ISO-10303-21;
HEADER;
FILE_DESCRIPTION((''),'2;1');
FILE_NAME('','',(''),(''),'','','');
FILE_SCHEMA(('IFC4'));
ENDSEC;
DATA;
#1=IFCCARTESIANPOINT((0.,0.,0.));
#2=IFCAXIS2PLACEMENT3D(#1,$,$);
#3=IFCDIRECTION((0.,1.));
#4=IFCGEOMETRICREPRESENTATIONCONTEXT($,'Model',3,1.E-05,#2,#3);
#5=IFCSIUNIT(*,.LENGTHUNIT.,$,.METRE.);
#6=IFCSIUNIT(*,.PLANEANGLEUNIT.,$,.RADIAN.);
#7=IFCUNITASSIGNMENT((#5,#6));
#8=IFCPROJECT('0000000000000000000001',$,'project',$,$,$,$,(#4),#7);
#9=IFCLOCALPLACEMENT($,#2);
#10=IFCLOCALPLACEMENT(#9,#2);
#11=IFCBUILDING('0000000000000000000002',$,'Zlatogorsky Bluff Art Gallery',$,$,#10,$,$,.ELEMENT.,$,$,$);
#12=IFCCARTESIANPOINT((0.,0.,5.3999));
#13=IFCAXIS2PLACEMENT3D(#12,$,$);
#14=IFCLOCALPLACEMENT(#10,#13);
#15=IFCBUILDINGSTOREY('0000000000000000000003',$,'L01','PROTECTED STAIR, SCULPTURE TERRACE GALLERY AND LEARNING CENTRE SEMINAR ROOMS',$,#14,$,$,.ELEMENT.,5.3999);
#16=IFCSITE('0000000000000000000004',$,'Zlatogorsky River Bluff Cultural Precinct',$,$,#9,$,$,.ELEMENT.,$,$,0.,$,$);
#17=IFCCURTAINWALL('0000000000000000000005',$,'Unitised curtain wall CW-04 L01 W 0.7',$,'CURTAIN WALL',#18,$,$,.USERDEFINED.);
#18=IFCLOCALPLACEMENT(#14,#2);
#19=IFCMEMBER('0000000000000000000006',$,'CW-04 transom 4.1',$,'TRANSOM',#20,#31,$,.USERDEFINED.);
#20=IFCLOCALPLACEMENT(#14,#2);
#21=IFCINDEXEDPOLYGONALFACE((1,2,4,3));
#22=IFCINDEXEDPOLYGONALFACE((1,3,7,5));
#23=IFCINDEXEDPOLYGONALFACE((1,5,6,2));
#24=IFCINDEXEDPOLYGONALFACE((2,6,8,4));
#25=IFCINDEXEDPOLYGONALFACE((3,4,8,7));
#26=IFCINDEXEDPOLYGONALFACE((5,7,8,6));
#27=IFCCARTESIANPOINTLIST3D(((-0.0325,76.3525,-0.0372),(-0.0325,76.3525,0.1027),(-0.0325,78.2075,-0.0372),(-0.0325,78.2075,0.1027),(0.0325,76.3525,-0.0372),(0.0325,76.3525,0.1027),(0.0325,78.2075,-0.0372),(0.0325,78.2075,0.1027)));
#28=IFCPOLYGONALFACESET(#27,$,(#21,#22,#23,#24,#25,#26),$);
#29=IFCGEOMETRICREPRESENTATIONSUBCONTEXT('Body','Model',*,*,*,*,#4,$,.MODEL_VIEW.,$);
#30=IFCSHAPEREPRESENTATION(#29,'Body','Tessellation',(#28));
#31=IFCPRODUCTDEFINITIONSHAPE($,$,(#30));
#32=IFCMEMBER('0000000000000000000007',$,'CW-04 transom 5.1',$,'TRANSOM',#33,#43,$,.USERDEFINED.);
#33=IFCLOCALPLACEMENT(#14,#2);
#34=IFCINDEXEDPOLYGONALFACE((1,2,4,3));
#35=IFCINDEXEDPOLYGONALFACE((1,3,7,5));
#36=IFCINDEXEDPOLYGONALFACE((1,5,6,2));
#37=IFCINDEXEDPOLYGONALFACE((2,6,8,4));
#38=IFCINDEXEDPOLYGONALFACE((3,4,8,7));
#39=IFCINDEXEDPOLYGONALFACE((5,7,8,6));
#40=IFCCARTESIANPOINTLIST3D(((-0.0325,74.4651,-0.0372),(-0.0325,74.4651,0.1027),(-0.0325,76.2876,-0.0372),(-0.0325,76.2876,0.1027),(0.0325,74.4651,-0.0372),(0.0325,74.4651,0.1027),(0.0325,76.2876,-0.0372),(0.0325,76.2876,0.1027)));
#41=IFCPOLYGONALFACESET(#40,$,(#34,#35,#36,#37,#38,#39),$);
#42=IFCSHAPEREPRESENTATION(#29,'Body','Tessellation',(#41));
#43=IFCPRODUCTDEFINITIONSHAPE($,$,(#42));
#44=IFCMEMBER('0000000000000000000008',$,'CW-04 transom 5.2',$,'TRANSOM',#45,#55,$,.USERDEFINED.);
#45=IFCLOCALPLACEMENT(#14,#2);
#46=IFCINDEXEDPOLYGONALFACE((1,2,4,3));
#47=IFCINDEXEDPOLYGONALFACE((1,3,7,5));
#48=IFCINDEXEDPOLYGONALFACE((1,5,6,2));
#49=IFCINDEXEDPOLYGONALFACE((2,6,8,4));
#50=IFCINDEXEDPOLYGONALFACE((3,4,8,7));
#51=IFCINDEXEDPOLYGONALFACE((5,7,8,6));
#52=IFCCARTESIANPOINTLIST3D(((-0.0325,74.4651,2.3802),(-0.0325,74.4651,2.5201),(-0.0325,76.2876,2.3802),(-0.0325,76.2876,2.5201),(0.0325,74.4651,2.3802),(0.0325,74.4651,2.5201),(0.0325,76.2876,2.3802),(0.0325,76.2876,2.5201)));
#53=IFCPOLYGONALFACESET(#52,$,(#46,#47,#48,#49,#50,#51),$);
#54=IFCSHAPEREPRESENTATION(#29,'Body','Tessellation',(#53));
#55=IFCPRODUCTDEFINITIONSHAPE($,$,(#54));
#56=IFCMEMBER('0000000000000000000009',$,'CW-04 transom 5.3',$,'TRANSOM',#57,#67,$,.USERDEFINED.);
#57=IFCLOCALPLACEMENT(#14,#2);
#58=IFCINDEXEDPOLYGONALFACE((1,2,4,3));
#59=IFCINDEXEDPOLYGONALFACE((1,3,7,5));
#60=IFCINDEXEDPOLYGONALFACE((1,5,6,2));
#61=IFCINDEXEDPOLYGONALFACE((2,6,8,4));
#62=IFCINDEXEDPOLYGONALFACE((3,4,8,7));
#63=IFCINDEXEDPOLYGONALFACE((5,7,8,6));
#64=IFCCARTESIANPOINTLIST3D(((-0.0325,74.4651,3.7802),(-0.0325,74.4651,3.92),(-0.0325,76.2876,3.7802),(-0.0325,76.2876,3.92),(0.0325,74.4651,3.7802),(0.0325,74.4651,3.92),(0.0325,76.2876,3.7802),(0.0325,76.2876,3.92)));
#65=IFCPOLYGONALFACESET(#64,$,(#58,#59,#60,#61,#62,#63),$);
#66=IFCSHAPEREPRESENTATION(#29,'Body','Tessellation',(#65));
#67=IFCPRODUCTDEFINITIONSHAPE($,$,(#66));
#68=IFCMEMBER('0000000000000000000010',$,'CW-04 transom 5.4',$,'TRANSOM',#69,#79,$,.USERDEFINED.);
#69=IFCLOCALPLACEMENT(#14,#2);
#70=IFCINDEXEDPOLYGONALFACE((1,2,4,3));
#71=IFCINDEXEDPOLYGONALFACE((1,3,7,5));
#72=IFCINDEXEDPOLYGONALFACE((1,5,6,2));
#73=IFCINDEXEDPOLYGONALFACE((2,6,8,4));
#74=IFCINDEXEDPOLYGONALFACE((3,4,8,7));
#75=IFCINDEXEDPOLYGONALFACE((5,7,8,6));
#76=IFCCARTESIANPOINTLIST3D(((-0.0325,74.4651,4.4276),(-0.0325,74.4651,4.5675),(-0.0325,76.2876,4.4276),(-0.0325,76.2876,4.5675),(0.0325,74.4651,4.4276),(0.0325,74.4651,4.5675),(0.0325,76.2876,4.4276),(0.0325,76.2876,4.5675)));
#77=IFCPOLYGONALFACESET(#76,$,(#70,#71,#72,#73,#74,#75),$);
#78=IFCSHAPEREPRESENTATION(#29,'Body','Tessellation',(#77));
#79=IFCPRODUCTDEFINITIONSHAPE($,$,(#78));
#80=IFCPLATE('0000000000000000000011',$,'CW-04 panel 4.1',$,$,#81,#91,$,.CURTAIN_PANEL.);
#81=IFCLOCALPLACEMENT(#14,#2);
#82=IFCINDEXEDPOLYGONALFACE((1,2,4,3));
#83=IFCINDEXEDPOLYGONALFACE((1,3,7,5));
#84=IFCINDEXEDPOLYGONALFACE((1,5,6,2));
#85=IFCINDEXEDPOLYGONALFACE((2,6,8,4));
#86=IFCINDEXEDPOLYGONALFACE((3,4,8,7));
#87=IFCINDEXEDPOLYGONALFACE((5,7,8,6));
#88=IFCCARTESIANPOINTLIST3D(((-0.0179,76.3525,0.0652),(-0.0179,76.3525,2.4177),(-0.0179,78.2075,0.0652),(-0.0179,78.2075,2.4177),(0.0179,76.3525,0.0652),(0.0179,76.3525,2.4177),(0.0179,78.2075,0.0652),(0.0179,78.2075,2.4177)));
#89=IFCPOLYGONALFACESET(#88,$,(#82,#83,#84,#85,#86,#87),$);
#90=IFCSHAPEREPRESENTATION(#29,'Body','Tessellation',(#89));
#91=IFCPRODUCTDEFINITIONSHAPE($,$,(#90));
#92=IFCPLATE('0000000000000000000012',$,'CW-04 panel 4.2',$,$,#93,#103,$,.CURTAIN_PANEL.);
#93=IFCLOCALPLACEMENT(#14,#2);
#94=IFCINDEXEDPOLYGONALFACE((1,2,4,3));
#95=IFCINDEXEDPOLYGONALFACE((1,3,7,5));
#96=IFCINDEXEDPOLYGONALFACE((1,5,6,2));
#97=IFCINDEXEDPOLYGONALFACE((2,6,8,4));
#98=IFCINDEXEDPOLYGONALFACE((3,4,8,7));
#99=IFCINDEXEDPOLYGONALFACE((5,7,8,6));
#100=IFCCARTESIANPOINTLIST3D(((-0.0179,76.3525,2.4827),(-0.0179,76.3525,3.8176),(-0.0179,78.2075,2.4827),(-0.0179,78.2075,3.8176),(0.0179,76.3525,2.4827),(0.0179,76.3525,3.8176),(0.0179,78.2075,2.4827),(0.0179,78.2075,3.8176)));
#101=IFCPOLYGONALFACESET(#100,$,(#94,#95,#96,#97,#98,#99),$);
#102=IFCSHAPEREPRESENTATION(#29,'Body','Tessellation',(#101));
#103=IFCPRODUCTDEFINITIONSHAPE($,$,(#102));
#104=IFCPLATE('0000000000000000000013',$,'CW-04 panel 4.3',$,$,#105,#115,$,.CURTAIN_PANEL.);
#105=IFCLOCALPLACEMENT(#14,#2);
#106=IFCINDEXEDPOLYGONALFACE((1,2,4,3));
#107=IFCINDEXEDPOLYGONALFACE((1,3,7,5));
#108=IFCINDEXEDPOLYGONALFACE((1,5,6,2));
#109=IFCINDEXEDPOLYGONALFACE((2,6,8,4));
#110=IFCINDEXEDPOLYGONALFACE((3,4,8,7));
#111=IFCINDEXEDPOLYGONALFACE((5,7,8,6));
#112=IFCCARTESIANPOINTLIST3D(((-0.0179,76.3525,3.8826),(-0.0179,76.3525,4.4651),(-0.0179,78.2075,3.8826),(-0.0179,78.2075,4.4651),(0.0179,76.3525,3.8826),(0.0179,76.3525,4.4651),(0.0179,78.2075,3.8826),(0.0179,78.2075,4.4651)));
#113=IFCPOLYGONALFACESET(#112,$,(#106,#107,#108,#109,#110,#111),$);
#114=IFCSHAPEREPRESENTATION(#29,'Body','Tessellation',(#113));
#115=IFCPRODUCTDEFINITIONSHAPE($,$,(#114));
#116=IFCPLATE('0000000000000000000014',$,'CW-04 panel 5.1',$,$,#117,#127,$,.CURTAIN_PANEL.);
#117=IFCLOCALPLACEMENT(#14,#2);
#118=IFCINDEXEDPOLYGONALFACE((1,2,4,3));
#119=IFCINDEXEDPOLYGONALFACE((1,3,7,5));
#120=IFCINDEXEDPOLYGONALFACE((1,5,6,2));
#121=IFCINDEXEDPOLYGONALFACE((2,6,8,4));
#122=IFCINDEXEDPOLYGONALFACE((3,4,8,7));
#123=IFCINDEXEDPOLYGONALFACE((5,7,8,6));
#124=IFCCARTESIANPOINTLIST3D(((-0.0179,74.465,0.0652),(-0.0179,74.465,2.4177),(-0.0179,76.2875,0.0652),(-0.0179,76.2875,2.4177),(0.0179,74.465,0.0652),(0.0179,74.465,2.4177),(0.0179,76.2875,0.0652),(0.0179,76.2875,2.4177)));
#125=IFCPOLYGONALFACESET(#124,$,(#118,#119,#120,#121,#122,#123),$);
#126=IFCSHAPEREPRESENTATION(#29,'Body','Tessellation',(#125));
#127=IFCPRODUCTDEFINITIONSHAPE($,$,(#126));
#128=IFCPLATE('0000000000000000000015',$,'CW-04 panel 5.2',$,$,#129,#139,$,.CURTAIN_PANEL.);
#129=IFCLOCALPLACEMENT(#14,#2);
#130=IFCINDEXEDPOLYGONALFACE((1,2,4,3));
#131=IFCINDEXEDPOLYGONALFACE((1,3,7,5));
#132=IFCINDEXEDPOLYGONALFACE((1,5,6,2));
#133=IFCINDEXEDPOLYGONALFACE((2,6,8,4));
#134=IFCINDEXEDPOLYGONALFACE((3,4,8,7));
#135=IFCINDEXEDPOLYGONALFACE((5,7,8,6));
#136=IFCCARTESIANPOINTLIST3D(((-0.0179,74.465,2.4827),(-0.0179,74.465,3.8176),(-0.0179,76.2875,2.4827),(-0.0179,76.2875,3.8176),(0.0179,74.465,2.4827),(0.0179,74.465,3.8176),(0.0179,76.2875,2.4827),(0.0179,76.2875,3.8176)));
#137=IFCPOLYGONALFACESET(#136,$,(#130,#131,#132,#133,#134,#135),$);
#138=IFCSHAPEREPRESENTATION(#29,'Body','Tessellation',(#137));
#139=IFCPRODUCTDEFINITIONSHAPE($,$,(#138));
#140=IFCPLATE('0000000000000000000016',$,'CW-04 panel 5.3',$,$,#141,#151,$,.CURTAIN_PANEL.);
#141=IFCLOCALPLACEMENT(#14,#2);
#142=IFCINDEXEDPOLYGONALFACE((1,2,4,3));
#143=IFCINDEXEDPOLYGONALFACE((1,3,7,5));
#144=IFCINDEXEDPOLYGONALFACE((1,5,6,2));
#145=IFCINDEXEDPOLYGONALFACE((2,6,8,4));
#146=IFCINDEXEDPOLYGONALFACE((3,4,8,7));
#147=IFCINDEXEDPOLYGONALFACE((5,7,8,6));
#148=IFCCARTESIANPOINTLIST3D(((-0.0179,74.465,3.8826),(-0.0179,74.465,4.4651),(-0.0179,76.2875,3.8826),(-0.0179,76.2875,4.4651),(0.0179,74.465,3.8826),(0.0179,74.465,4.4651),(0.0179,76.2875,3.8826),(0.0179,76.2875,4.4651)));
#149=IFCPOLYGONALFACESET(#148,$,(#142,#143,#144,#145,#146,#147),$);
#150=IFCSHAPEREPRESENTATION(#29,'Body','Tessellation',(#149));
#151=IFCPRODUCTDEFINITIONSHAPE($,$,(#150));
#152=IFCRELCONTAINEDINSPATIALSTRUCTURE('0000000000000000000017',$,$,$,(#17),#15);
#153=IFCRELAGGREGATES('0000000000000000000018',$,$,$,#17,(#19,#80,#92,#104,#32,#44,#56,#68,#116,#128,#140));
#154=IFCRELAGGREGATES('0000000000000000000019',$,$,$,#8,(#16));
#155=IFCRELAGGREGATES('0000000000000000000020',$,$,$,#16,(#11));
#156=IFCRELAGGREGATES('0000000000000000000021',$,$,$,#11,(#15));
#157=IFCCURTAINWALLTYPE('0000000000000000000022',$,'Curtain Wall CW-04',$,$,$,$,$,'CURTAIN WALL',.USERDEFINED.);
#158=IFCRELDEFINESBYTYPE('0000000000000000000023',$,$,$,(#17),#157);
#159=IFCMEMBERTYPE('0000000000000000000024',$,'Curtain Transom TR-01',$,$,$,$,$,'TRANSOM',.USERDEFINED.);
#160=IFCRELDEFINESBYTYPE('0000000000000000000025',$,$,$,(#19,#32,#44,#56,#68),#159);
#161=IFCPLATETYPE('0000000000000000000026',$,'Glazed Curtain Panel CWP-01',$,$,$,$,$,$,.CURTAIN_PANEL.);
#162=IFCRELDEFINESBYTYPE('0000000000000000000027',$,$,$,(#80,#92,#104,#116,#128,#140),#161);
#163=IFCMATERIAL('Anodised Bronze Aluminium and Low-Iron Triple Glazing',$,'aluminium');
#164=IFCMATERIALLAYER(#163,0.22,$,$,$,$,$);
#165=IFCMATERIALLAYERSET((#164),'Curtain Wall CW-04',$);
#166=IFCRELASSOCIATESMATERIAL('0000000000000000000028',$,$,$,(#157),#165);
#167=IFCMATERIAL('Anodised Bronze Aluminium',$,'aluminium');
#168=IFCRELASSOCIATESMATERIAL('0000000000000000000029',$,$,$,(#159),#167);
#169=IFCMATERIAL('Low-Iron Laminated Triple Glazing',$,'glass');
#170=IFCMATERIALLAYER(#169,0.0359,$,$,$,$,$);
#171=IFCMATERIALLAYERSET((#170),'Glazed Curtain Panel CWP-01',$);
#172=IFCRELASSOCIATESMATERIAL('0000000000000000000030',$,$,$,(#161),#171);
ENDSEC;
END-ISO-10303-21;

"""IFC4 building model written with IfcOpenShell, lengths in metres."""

from ifc_helpers import new_model, si_unit, direction, frame, origin, origin_2d, place, context, subcontext, project, spatial, rectangle, extrude, material, layer, layer_set, material_profile, profile_set, type_object, element, aggregate, save


model = new_model("IFC4")

# Units and contexts
model_context = context("Model", 3, precision=1e-05, world=origin(), true_north=direction((0.0, 1.0)))
body_context = subcontext(model_context, "Body", "Model", "MODEL_VIEW")
ifc_project = project(units=[si_unit("LENGTHUNIT", "METRE"), si_unit("PLANEANGLEUNIT", "RADIAN")], contexts=[model_context])

# Site, building, storey
site_placement = place(None, origin())
site = spatial("IfcSite", under=ifc_project, at=site_placement, Name="Zlatogorsky River Bluff Cultural Precinct", CompositionType="ELEMENT", RefElevation=0.0)
building_placement = place(site_placement, origin())
building = spatial("IfcBuilding", under=site, at=building_placement, Name="Zlatogorsky Bluff Art Gallery", CompositionType="ELEMENT")
storey_placement = place(building_placement, frame((0.0, 0.0, 5.3999)))
storey = spatial("IfcBuildingStorey", under=building, at=storey_placement, Name="L01", Description="PROTECTED STAIR, SCULPTURE TERRACE GALLERY AND LEARNING CENTRE SEMINAR ROOMS", CompositionType="ELEMENT", Elevation=5.3999)

# Curtain wall, members, plates
ifc_material_1 = material(Name="Anodised Bronze Aluminium and Low-Iron Triple Glazing", Category="aluminium")
ifc_layer_1 = layer(ifc_material_1, 0.22)
ifc_layer_set_1 = layer_set([ifc_layer_1], Name="Curtain Wall CW-04")
curtain_wall_type = type_object("IfcCurtainWallType", Name="Curtain Wall CW-04", ElementType="CURTAIN WALL", PredefinedType="USERDEFINED", material=ifc_layer_set_1)
curtain_wall_placement = place(storey_placement, origin())
curtain_wall = element("IfcCurtainWall", 1, at=curtain_wall_placement, inside=storey, type_object=curtain_wall_type, Name="Unitised curtain wall CW-04 L01 W 0.7", ObjectType="CURTAIN WALL", PredefinedType="USERDEFINED")
ifc_material_2 = material(Name="Anodised Bronze Aluminium", Category="aluminium")
ifc_material_profile_1 = material_profile(ifc_material_2, rectangle(XDim=0.0649, YDim=0.1399, at=origin_2d()), Name="ALU TRANSOM 65x140")
ifc_profile_set_1 = profile_set([ifc_material_profile_1], Name="Anodised Bronze Aluminium")
member_type_1 = type_object("IfcMemberType", Name="Curtain Transom TR-01", ElementType="TRANSOM", PredefinedType="USERDEFINED", material=ifc_profile_set_1)
member_1_placement = place(storey_placement, frame((0.0, 78.2075, 0.0327), z_axis=(0.0, -1.0, 0.0), x_axis=(1.0, 0.0, 0.0)))
member_1 = element("IfcMember", 2, at=member_1_placement, type_object=member_type_1, Name="CW-04 transom 4.1", ObjectType="TRANSOM", PredefinedType="USERDEFINED", context=body_context, shape_type="SweptSolid", body=[
    extrude(rectangle(XDim=0.0649, YDim=0.1399, at=origin_2d()), origin(), (0.0, 0.0, 1.0), 1.855),
])
member_2_placement = place(storey_placement, frame((0.0, 76.2876, 0.0327), z_axis=(0.0, -1.0, 0.0), x_axis=(1.0, 0.0, 0.0)))
member_2 = element("IfcMember", 3, at=member_2_placement, type_object=member_type_1, Name="CW-04 transom 5.1", ObjectType="TRANSOM", PredefinedType="USERDEFINED", context=body_context, shape_type="SweptSolid", body=[
    extrude(rectangle(XDim=0.0649, YDim=0.1399, at=origin_2d()), origin(), (0.0, 0.0, 1.0), 1.8225),
])
member_3_placement = place(storey_placement, frame((0.0, 76.2876, 2.4502), z_axis=(0.0, -1.0, 0.0), x_axis=(1.0, 0.0, 0.0)))
member_3 = element("IfcMember", 4, at=member_3_placement, type_object=member_type_1, Name="CW-04 transom 5.2", ObjectType="TRANSOM", PredefinedType="USERDEFINED", context=body_context, shape_type="SweptSolid", body=[
    extrude(rectangle(XDim=0.0649, YDim=0.1399, at=origin_2d()), origin(), (0.0, 0.0, 1.0), 1.8225),
])
member_4_placement = place(storey_placement, frame((0.0, 76.2876, 3.8501), z_axis=(0.0, -1.0, 0.0), x_axis=(1.0, 0.0, 0.0)))
member_4 = element("IfcMember", 5, at=member_4_placement, type_object=member_type_1, Name="CW-04 transom 5.3", ObjectType="TRANSOM", PredefinedType="USERDEFINED", context=body_context, shape_type="SweptSolid", body=[
    extrude(rectangle(XDim=0.0649, YDim=0.1399, at=origin_2d()), origin(), (0.0, 0.0, 1.0), 1.8225),
])
member_5_placement = place(storey_placement, frame((0.0, 76.2876, 4.4976), z_axis=(0.0, -1.0, 0.0), x_axis=(1.0, 0.0, 0.0)))
member_5 = element("IfcMember", 6, at=member_5_placement, type_object=member_type_1, Name="CW-04 transom 5.4", ObjectType="TRANSOM", PredefinedType="USERDEFINED", context=body_context, shape_type="SweptSolid", body=[
    extrude(rectangle(XDim=0.0649, YDim=0.1399, at=origin_2d()), origin(), (0.0, 0.0, 1.0), 1.8225),
])
ifc_material_3 = material(Name="Low-Iron Laminated Triple Glazing", Category="glass")
ifc_layer_2 = layer(ifc_material_3, 0.0359)
ifc_layer_set_2 = layer_set([ifc_layer_2], Name="Glazed Curtain Panel CWP-01")
plate_type = type_object("IfcPlateType", Name="Glazed Curtain Panel CWP-01", PredefinedType="CURTAIN_PANEL", material=ifc_layer_set_2)
plate_1_placement = place(storey_placement, frame((0.0, 77.28, 0.0652), z_axis=(0.0, 0.0, 1.0), x_axis=(0.0, -1.0, 0.0)))
plate_1 = element("IfcPlate", 7, at=plate_1_placement, type_object=plate_type, Name="CW-04 panel 4.1", PredefinedType="CURTAIN_PANEL", context=body_context, shape_type="SweptSolid", body=[
    extrude(rectangle(XDim=1.855, YDim=0.0359, at=origin_2d()), origin(), (0.0, 0.0, 1.0), 2.3525),
])
plate_2_placement = place(storey_placement, frame((0.0, 77.28, 2.4827), z_axis=(0.0, 0.0, 1.0), x_axis=(0.0, -1.0, 0.0)))
plate_2 = element("IfcPlate", 8, at=plate_2_placement, type_object=plate_type, Name="CW-04 panel 4.2", PredefinedType="CURTAIN_PANEL", context=body_context, shape_type="SweptSolid", body=[
    extrude(rectangle(XDim=1.855, YDim=0.0359, at=origin_2d()), origin(), (0.0, 0.0, 1.0), 1.335),
])
plate_3_placement = place(storey_placement, frame((0.0, 77.28, 3.8826), z_axis=(0.0, 0.0, 1.0), x_axis=(0.0, -1.0, 0.0)))
plate_3 = element("IfcPlate", 9, at=plate_3_placement, type_object=plate_type, Name="CW-04 panel 4.3", PredefinedType="CURTAIN_PANEL", context=body_context, shape_type="SweptSolid", body=[
    extrude(rectangle(XDim=1.855, YDim=0.0359, at=origin_2d()), origin(), (0.0, 0.0, 1.0), 0.5825),
])
plate_4_placement = place(storey_placement, frame((0.0, 75.3762, 0.0652), z_axis=(0.0, 0.0, 1.0), x_axis=(0.0, -1.0, 0.0)))
plate_4 = element("IfcPlate", 10, at=plate_4_placement, type_object=plate_type, Name="CW-04 panel 5.1", PredefinedType="CURTAIN_PANEL", context=body_context, shape_type="SweptSolid", body=[
    extrude(rectangle(XDim=1.8225, YDim=0.0359, at=origin_2d()), origin(), (0.0, 0.0, 1.0), 2.3525),
])
plate_5_placement = place(storey_placement, frame((0.0, 75.3762, 2.4827), z_axis=(0.0, 0.0, 1.0), x_axis=(0.0, -1.0, 0.0)))
plate_5 = element("IfcPlate", 11, at=plate_5_placement, type_object=plate_type, Name="CW-04 panel 5.2", PredefinedType="CURTAIN_PANEL", context=body_context, shape_type="SweptSolid", body=[
    extrude(rectangle(XDim=1.8225, YDim=0.0359, at=origin_2d()), origin(), (0.0, 0.0, 1.0), 1.335),
])
plate_6_placement = place(storey_placement, frame((0.0, 75.3762, 3.8826), z_axis=(0.0, 0.0, 1.0), x_axis=(0.0, -1.0, 0.0)))
plate_6 = element("IfcPlate", 12, at=plate_6_placement, type_object=plate_type, Name="CW-04 panel 5.3", PredefinedType="CURTAIN_PANEL", context=body_context, shape_type="SweptSolid", body=[
    extrude(rectangle(XDim=1.8225, YDim=0.0359, at=origin_2d()), origin(), (0.0, 0.0, 1.0), 0.5825),
])
aggregate(curtain_wall, [member_1, plate_1, plate_2, plate_3, member_2, member_3, member_4, member_5, plate_4, plate_5, plate_6])

save(model, "model.ifc")
